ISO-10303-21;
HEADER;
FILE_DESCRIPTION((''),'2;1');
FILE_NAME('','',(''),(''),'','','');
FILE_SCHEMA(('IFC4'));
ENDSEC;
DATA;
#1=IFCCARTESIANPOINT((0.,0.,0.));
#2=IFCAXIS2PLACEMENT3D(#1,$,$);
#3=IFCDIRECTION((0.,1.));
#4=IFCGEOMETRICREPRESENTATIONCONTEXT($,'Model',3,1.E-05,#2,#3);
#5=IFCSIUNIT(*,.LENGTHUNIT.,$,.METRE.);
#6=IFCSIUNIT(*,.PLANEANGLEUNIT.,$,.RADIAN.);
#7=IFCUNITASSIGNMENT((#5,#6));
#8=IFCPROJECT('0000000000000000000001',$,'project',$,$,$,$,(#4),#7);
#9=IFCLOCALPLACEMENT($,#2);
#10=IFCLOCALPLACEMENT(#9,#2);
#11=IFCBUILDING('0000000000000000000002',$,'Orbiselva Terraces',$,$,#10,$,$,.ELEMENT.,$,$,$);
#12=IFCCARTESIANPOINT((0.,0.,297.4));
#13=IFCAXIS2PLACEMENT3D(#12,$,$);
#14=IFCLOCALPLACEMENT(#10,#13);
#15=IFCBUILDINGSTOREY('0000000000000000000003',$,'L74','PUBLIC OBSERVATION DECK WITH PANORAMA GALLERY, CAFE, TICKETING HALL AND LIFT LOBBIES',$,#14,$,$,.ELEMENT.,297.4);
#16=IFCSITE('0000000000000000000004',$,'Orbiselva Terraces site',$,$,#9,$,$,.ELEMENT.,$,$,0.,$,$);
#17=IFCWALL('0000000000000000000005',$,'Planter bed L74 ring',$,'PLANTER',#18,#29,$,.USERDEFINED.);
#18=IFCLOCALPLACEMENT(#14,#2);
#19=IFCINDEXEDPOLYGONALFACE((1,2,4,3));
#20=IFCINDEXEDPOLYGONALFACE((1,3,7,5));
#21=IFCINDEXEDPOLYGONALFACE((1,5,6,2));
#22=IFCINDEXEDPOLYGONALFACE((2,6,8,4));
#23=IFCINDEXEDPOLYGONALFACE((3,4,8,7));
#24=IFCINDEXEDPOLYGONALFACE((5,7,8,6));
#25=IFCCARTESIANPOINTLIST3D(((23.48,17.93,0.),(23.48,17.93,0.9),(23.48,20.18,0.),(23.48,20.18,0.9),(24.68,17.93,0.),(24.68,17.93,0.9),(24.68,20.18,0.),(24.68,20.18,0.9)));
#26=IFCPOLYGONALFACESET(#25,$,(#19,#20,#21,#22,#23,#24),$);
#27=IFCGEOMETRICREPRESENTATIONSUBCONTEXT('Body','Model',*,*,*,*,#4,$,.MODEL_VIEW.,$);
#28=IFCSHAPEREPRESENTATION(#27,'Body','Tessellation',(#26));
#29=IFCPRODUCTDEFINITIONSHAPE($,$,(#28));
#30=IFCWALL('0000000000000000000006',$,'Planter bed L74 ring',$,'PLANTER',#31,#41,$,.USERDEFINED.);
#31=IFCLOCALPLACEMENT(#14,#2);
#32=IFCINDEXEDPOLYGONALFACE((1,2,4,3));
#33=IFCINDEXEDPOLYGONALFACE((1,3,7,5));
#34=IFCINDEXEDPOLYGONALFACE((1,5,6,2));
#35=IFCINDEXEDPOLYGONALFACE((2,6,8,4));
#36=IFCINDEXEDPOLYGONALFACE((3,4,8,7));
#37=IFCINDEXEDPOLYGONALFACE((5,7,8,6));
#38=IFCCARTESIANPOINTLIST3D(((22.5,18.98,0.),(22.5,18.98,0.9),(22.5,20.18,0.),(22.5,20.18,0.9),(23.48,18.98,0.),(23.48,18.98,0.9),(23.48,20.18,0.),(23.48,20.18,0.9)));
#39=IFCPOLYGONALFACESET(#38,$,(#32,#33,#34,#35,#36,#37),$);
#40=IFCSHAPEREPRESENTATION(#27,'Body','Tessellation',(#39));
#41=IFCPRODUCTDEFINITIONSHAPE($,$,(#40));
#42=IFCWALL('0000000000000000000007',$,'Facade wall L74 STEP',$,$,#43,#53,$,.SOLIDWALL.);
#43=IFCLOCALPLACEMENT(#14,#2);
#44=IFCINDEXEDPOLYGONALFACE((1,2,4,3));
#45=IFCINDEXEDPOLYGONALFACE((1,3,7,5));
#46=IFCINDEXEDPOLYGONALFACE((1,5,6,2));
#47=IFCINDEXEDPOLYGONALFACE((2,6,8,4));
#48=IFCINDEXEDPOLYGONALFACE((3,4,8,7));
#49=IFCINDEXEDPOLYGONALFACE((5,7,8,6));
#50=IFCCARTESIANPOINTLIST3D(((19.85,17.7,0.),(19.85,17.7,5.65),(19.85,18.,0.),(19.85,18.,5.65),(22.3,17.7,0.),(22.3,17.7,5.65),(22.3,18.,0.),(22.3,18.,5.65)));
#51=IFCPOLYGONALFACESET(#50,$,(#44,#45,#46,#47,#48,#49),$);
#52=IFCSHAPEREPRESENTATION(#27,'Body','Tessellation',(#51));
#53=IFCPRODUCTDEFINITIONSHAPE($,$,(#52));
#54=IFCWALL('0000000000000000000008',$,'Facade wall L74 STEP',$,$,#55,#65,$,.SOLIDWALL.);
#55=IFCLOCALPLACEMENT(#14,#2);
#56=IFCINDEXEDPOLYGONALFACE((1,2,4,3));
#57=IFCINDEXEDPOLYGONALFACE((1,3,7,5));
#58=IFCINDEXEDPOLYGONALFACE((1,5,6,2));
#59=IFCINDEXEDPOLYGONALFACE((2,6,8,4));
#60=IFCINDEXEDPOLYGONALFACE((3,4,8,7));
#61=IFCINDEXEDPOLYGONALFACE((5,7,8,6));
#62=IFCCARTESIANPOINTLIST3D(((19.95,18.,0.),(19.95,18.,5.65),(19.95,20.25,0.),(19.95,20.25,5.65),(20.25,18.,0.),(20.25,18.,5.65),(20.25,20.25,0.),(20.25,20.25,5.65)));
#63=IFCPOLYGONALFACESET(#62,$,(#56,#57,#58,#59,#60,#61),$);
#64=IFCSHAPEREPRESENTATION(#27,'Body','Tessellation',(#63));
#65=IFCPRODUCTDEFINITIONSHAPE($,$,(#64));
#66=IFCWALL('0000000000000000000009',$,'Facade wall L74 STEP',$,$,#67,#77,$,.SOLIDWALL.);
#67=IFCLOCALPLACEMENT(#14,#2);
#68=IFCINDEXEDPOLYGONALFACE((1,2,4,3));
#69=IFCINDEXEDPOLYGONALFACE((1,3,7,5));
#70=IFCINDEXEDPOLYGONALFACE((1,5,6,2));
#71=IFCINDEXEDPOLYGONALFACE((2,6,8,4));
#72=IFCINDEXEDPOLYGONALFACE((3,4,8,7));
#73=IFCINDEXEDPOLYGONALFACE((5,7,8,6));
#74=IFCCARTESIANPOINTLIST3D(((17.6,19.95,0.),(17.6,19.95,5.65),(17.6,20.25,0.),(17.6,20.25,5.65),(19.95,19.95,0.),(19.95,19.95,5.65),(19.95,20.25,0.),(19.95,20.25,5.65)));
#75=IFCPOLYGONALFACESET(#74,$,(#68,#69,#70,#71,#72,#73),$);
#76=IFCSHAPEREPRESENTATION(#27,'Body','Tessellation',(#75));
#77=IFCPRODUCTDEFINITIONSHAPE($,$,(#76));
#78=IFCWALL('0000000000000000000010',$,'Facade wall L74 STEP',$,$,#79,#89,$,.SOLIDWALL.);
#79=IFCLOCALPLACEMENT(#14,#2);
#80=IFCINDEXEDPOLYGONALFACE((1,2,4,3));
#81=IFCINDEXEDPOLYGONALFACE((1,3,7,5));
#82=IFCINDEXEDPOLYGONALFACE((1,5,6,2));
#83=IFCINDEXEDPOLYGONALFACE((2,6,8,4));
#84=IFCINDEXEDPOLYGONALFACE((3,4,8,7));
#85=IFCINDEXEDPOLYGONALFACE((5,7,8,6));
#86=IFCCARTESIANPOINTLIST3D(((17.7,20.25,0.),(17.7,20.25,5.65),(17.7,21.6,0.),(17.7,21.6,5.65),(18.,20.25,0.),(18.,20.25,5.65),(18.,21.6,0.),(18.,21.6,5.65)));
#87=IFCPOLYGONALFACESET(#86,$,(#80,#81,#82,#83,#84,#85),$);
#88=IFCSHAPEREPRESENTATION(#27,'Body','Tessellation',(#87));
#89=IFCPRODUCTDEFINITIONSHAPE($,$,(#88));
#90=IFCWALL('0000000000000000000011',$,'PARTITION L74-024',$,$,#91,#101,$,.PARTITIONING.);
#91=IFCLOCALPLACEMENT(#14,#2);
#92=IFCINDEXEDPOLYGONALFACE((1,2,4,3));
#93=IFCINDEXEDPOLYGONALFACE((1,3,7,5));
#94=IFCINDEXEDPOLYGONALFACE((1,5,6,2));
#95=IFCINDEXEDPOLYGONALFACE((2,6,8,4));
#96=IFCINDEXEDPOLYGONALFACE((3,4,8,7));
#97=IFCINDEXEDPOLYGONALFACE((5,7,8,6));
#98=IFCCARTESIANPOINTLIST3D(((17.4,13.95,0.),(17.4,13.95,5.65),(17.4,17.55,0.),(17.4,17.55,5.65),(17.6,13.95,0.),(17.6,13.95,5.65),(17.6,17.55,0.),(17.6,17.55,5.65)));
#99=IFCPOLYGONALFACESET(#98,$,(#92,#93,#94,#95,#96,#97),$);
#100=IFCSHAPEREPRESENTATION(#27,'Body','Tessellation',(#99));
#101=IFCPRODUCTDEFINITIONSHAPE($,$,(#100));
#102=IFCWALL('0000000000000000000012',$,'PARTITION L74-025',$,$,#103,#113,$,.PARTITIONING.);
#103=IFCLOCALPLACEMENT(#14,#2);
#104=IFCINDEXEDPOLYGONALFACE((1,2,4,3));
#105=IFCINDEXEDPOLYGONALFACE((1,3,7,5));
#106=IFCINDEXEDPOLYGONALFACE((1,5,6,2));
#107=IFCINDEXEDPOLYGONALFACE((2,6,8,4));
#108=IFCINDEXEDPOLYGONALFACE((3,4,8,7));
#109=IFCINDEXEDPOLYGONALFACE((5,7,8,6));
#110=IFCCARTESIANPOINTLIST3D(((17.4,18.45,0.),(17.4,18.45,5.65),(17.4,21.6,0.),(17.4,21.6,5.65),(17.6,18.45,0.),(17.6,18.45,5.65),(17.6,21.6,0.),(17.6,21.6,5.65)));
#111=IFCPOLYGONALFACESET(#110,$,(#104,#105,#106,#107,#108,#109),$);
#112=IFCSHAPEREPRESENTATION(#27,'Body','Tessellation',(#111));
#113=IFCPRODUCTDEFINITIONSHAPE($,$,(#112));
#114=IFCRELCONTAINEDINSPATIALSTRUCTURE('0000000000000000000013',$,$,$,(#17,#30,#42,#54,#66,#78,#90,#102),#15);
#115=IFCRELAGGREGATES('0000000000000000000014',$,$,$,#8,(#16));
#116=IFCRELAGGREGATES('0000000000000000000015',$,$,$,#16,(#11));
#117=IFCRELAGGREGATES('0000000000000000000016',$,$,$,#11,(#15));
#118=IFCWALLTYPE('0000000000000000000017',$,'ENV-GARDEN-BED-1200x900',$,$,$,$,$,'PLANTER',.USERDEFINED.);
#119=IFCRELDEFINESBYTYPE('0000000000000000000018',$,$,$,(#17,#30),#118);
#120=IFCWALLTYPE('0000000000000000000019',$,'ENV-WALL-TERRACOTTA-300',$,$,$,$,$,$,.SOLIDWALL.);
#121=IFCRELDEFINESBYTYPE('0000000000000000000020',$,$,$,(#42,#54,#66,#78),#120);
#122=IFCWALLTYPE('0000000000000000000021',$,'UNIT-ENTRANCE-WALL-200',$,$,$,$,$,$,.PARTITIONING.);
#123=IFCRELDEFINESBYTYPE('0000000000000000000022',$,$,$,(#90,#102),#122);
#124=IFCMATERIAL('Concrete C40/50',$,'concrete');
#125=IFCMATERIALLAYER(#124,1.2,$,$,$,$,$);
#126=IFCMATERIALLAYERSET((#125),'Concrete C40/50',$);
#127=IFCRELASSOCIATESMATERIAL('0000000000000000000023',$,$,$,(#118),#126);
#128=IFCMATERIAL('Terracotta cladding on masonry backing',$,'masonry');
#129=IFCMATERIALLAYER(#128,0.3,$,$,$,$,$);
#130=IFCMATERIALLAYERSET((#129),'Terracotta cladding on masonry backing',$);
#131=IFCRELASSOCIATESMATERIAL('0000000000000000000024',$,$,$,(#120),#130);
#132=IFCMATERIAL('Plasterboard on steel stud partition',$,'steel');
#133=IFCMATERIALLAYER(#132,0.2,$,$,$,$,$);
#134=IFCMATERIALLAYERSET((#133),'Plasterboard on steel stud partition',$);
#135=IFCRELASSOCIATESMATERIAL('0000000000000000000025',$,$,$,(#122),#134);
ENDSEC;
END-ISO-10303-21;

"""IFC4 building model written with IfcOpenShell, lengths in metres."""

from ifc_helpers import new_model, si_unit, direction, frame, frame_2d, origin, place, context, subcontext, project, spatial, rectangle, extrude, material, layer, layer_set, type_object, element, save


model = new_model("IFC4")

# Units and contexts
model_context = context("Model", 3, precision=1e-05, world=origin(), true_north=direction((0.0, 1.0)))
body_context = subcontext(model_context, "Body", "Model", "MODEL_VIEW")
ifc_project = project(units=[si_unit("LENGTHUNIT", "METRE"), si_unit("PLANEANGLEUNIT", "RADIAN")], contexts=[model_context])

# Site, building, storey
site_placement = place(None, origin())
site = spatial("IfcSite", under=ifc_project, at=site_placement, Name="Orbiselva Terraces site", CompositionType="ELEMENT", RefElevation=0.0)
building_placement = place(site_placement, origin())
building = spatial("IfcBuilding", under=site, at=building_placement, Name="Orbiselva Terraces", CompositionType="ELEMENT")
storey_placement = place(building_placement, frame((0.0, 0.0, 297.4)))
storey = spatial("IfcBuildingStorey", under=building, at=storey_placement, Name="L74", Description="PUBLIC OBSERVATION DECK WITH PANORAMA GALLERY, CAFE, TICKETING HALL AND LIFT LOBBIES", CompositionType="ELEMENT", Elevation=297.4)

# Walls
ifc_material_1 = material(Name="Concrete C40/50", Category="concrete")
ifc_layer_1 = layer(ifc_material_1, 1.2)
ifc_layer_set_1 = layer_set([ifc_layer_1], Name="Concrete C40/50")
wall_type_1 = type_object("IfcWallType", Name="ENV-GARDEN-BED-1200x900", ElementType="PLANTER", PredefinedType="USERDEFINED", material=ifc_layer_set_1)
wall_1_placement = place(storey_placement, frame((24.08, 17.93, 0.0), z_axis=(0.0, 0.0, 1.0), x_axis=(0.0, 1.0, 0.0)))
element("IfcWall", 1, at=wall_1_placement, inside=storey, type_object=wall_type_1, Name="Planter bed L74 ring", ObjectType="PLANTER", PredefinedType="USERDEFINED", context=body_context, shape_type="SweptSolid", body=[
    extrude(rectangle(XDim=2.25, YDim=1.2, at=frame_2d((1.125, 0.0))), origin(), (0.0, 0.0, 1.0), 0.9),
])
wall_2_placement = place(storey_placement, frame((23.48, 19.58, 0.0), z_axis=(0.0, 0.0, 1.0), x_axis=(-1.0, 0.0, 0.0)))
element("IfcWall", 2, at=wall_2_placement, inside=storey, type_object=wall_type_1, Name="Planter bed L74 ring", ObjectType="PLANTER", PredefinedType="USERDEFINED", context=body_context, shape_type="SweptSolid", body=[
    extrude(rectangle(XDim=0.98, YDim=1.2, at=frame_2d((0.49, 0.0))), origin(), (0.0, 0.0, 1.0), 0.9),
])
ifc_material_2 = material(Name="Terracotta cladding on masonry backing", Category="masonry")
ifc_layer_2 = layer(ifc_material_2, 0.3)
ifc_layer_set_2 = layer_set([ifc_layer_2], Name="Terracotta cladding on masonry backing")
wall_type_2 = type_object("IfcWallType", Name="ENV-WALL-TERRACOTTA-300", PredefinedType="SOLIDWALL", material=ifc_layer_set_2)
wall_3_placement = place(storey_placement, frame((19.85, 17.85, 0.0), z_axis=(0.0, 0.0, 1.0), x_axis=(1.0, 0.0, 0.0)))
element("IfcWall", 3, at=wall_3_placement, inside=storey, type_object=wall_type_2, Name="Facade wall L74 STEP", PredefinedType="SOLIDWALL", context=body_context, shape_type="SweptSolid", body=[
    extrude(rectangle(XDim=2.45, YDim=0.3, at=frame_2d((1.225, 0.0))), origin(), (0.0, 0.0, 1.0), 5.65),
])
wall_4_placement = place(storey_placement, frame((20.1, 20.25, 0.0), z_axis=(0.0, 0.0, 1.0), x_axis=(0.0, -1.0, 0.0)))
element("IfcWall", 4, at=wall_4_placement, inside=storey, type_object=wall_type_2, Name="Facade wall L74 STEP", PredefinedType="SOLIDWALL", context=body_context, shape_type="SweptSolid", body=[
    extrude(rectangle(XDim=2.25, YDim=0.3, at=frame_2d((1.125, 0.0))), origin(), (0.0, 0.0, 1.0), 5.65),
])
wall_5_placement = place(storey_placement, frame((17.6, 20.1, 0.0), z_axis=(0.0, 0.0, 1.0), x_axis=(1.0, 0.0, 0.0)))
element("IfcWall", 5, at=wall_5_placement, inside=storey, type_object=wall_type_2, Name="Facade wall L74 STEP", PredefinedType="SOLIDWALL", context=body_context, shape_type="SweptSolid", body=[
    extrude(rectangle(XDim=2.35, YDim=0.3, at=frame_2d((1.175, 0.0))), origin(), (0.0, 0.0, 1.0), 5.65),
])
wall_6_placement = place(storey_placement, frame((17.85, 21.6, 0.0), z_axis=(0.0, 0.0, 1.0), x_axis=(0.0, -1.0, 0.0)))
element("IfcWall", 6, at=wall_6_placement, inside=storey, type_object=wall_type_2, Name="Facade wall L74 STEP", PredefinedType="SOLIDWALL", context=body_context, shape_type="SweptSolid", body=[
    extrude(rectangle(XDim=1.35, YDim=0.3, at=frame_2d((0.675, 0.0))), origin(), (0.0, 0.0, 1.0), 5.65),
])
ifc_material_3 = material(Name="Plasterboard on steel stud partition", Category="steel")
ifc_layer_3 = layer(ifc_material_3, 0.2)
ifc_layer_set_3 = layer_set([ifc_layer_3], Name="Plasterboard on steel stud partition")
wall_type_3 = type_object("IfcWallType", Name="UNIT-ENTRANCE-WALL-200", PredefinedType="PARTITIONING", material=ifc_layer_set_3)
wall_7_placement = place(storey_placement, frame((17.5, 13.95, 0.0), z_axis=(0.0, 0.0, 1.0), x_axis=(0.0, 1.0, 0.0)))
element("IfcWall", 7, at=wall_7_placement, inside=storey, type_object=wall_type_3, Name="PARTITION L74-024", PredefinedType="PARTITIONING", context=body_context, shape_type="SweptSolid", body=[
    extrude(rectangle(XDim=3.6, YDim=0.2, at=frame_2d((1.8, 0.0))), origin(), (0.0, 0.0, 1.0), 5.65),
])
wall_8_placement = place(storey_placement, frame((17.5, 18.45, 0.0), z_axis=(0.0, 0.0, 1.0), x_axis=(0.0, 1.0, 0.0)))
element("IfcWall", 8, at=wall_8_placement, inside=storey, type_object=wall_type_3, Name="PARTITION L74-025", PredefinedType="PARTITIONING", context=body_context, shape_type="SweptSolid", body=[
    extrude(rectangle(XDim=3.15, YDim=0.2, at=frame_2d((1.575, 0.0))), origin(), (0.0, 0.0, 1.0), 5.65),
])

save(model, "model.ifc")
